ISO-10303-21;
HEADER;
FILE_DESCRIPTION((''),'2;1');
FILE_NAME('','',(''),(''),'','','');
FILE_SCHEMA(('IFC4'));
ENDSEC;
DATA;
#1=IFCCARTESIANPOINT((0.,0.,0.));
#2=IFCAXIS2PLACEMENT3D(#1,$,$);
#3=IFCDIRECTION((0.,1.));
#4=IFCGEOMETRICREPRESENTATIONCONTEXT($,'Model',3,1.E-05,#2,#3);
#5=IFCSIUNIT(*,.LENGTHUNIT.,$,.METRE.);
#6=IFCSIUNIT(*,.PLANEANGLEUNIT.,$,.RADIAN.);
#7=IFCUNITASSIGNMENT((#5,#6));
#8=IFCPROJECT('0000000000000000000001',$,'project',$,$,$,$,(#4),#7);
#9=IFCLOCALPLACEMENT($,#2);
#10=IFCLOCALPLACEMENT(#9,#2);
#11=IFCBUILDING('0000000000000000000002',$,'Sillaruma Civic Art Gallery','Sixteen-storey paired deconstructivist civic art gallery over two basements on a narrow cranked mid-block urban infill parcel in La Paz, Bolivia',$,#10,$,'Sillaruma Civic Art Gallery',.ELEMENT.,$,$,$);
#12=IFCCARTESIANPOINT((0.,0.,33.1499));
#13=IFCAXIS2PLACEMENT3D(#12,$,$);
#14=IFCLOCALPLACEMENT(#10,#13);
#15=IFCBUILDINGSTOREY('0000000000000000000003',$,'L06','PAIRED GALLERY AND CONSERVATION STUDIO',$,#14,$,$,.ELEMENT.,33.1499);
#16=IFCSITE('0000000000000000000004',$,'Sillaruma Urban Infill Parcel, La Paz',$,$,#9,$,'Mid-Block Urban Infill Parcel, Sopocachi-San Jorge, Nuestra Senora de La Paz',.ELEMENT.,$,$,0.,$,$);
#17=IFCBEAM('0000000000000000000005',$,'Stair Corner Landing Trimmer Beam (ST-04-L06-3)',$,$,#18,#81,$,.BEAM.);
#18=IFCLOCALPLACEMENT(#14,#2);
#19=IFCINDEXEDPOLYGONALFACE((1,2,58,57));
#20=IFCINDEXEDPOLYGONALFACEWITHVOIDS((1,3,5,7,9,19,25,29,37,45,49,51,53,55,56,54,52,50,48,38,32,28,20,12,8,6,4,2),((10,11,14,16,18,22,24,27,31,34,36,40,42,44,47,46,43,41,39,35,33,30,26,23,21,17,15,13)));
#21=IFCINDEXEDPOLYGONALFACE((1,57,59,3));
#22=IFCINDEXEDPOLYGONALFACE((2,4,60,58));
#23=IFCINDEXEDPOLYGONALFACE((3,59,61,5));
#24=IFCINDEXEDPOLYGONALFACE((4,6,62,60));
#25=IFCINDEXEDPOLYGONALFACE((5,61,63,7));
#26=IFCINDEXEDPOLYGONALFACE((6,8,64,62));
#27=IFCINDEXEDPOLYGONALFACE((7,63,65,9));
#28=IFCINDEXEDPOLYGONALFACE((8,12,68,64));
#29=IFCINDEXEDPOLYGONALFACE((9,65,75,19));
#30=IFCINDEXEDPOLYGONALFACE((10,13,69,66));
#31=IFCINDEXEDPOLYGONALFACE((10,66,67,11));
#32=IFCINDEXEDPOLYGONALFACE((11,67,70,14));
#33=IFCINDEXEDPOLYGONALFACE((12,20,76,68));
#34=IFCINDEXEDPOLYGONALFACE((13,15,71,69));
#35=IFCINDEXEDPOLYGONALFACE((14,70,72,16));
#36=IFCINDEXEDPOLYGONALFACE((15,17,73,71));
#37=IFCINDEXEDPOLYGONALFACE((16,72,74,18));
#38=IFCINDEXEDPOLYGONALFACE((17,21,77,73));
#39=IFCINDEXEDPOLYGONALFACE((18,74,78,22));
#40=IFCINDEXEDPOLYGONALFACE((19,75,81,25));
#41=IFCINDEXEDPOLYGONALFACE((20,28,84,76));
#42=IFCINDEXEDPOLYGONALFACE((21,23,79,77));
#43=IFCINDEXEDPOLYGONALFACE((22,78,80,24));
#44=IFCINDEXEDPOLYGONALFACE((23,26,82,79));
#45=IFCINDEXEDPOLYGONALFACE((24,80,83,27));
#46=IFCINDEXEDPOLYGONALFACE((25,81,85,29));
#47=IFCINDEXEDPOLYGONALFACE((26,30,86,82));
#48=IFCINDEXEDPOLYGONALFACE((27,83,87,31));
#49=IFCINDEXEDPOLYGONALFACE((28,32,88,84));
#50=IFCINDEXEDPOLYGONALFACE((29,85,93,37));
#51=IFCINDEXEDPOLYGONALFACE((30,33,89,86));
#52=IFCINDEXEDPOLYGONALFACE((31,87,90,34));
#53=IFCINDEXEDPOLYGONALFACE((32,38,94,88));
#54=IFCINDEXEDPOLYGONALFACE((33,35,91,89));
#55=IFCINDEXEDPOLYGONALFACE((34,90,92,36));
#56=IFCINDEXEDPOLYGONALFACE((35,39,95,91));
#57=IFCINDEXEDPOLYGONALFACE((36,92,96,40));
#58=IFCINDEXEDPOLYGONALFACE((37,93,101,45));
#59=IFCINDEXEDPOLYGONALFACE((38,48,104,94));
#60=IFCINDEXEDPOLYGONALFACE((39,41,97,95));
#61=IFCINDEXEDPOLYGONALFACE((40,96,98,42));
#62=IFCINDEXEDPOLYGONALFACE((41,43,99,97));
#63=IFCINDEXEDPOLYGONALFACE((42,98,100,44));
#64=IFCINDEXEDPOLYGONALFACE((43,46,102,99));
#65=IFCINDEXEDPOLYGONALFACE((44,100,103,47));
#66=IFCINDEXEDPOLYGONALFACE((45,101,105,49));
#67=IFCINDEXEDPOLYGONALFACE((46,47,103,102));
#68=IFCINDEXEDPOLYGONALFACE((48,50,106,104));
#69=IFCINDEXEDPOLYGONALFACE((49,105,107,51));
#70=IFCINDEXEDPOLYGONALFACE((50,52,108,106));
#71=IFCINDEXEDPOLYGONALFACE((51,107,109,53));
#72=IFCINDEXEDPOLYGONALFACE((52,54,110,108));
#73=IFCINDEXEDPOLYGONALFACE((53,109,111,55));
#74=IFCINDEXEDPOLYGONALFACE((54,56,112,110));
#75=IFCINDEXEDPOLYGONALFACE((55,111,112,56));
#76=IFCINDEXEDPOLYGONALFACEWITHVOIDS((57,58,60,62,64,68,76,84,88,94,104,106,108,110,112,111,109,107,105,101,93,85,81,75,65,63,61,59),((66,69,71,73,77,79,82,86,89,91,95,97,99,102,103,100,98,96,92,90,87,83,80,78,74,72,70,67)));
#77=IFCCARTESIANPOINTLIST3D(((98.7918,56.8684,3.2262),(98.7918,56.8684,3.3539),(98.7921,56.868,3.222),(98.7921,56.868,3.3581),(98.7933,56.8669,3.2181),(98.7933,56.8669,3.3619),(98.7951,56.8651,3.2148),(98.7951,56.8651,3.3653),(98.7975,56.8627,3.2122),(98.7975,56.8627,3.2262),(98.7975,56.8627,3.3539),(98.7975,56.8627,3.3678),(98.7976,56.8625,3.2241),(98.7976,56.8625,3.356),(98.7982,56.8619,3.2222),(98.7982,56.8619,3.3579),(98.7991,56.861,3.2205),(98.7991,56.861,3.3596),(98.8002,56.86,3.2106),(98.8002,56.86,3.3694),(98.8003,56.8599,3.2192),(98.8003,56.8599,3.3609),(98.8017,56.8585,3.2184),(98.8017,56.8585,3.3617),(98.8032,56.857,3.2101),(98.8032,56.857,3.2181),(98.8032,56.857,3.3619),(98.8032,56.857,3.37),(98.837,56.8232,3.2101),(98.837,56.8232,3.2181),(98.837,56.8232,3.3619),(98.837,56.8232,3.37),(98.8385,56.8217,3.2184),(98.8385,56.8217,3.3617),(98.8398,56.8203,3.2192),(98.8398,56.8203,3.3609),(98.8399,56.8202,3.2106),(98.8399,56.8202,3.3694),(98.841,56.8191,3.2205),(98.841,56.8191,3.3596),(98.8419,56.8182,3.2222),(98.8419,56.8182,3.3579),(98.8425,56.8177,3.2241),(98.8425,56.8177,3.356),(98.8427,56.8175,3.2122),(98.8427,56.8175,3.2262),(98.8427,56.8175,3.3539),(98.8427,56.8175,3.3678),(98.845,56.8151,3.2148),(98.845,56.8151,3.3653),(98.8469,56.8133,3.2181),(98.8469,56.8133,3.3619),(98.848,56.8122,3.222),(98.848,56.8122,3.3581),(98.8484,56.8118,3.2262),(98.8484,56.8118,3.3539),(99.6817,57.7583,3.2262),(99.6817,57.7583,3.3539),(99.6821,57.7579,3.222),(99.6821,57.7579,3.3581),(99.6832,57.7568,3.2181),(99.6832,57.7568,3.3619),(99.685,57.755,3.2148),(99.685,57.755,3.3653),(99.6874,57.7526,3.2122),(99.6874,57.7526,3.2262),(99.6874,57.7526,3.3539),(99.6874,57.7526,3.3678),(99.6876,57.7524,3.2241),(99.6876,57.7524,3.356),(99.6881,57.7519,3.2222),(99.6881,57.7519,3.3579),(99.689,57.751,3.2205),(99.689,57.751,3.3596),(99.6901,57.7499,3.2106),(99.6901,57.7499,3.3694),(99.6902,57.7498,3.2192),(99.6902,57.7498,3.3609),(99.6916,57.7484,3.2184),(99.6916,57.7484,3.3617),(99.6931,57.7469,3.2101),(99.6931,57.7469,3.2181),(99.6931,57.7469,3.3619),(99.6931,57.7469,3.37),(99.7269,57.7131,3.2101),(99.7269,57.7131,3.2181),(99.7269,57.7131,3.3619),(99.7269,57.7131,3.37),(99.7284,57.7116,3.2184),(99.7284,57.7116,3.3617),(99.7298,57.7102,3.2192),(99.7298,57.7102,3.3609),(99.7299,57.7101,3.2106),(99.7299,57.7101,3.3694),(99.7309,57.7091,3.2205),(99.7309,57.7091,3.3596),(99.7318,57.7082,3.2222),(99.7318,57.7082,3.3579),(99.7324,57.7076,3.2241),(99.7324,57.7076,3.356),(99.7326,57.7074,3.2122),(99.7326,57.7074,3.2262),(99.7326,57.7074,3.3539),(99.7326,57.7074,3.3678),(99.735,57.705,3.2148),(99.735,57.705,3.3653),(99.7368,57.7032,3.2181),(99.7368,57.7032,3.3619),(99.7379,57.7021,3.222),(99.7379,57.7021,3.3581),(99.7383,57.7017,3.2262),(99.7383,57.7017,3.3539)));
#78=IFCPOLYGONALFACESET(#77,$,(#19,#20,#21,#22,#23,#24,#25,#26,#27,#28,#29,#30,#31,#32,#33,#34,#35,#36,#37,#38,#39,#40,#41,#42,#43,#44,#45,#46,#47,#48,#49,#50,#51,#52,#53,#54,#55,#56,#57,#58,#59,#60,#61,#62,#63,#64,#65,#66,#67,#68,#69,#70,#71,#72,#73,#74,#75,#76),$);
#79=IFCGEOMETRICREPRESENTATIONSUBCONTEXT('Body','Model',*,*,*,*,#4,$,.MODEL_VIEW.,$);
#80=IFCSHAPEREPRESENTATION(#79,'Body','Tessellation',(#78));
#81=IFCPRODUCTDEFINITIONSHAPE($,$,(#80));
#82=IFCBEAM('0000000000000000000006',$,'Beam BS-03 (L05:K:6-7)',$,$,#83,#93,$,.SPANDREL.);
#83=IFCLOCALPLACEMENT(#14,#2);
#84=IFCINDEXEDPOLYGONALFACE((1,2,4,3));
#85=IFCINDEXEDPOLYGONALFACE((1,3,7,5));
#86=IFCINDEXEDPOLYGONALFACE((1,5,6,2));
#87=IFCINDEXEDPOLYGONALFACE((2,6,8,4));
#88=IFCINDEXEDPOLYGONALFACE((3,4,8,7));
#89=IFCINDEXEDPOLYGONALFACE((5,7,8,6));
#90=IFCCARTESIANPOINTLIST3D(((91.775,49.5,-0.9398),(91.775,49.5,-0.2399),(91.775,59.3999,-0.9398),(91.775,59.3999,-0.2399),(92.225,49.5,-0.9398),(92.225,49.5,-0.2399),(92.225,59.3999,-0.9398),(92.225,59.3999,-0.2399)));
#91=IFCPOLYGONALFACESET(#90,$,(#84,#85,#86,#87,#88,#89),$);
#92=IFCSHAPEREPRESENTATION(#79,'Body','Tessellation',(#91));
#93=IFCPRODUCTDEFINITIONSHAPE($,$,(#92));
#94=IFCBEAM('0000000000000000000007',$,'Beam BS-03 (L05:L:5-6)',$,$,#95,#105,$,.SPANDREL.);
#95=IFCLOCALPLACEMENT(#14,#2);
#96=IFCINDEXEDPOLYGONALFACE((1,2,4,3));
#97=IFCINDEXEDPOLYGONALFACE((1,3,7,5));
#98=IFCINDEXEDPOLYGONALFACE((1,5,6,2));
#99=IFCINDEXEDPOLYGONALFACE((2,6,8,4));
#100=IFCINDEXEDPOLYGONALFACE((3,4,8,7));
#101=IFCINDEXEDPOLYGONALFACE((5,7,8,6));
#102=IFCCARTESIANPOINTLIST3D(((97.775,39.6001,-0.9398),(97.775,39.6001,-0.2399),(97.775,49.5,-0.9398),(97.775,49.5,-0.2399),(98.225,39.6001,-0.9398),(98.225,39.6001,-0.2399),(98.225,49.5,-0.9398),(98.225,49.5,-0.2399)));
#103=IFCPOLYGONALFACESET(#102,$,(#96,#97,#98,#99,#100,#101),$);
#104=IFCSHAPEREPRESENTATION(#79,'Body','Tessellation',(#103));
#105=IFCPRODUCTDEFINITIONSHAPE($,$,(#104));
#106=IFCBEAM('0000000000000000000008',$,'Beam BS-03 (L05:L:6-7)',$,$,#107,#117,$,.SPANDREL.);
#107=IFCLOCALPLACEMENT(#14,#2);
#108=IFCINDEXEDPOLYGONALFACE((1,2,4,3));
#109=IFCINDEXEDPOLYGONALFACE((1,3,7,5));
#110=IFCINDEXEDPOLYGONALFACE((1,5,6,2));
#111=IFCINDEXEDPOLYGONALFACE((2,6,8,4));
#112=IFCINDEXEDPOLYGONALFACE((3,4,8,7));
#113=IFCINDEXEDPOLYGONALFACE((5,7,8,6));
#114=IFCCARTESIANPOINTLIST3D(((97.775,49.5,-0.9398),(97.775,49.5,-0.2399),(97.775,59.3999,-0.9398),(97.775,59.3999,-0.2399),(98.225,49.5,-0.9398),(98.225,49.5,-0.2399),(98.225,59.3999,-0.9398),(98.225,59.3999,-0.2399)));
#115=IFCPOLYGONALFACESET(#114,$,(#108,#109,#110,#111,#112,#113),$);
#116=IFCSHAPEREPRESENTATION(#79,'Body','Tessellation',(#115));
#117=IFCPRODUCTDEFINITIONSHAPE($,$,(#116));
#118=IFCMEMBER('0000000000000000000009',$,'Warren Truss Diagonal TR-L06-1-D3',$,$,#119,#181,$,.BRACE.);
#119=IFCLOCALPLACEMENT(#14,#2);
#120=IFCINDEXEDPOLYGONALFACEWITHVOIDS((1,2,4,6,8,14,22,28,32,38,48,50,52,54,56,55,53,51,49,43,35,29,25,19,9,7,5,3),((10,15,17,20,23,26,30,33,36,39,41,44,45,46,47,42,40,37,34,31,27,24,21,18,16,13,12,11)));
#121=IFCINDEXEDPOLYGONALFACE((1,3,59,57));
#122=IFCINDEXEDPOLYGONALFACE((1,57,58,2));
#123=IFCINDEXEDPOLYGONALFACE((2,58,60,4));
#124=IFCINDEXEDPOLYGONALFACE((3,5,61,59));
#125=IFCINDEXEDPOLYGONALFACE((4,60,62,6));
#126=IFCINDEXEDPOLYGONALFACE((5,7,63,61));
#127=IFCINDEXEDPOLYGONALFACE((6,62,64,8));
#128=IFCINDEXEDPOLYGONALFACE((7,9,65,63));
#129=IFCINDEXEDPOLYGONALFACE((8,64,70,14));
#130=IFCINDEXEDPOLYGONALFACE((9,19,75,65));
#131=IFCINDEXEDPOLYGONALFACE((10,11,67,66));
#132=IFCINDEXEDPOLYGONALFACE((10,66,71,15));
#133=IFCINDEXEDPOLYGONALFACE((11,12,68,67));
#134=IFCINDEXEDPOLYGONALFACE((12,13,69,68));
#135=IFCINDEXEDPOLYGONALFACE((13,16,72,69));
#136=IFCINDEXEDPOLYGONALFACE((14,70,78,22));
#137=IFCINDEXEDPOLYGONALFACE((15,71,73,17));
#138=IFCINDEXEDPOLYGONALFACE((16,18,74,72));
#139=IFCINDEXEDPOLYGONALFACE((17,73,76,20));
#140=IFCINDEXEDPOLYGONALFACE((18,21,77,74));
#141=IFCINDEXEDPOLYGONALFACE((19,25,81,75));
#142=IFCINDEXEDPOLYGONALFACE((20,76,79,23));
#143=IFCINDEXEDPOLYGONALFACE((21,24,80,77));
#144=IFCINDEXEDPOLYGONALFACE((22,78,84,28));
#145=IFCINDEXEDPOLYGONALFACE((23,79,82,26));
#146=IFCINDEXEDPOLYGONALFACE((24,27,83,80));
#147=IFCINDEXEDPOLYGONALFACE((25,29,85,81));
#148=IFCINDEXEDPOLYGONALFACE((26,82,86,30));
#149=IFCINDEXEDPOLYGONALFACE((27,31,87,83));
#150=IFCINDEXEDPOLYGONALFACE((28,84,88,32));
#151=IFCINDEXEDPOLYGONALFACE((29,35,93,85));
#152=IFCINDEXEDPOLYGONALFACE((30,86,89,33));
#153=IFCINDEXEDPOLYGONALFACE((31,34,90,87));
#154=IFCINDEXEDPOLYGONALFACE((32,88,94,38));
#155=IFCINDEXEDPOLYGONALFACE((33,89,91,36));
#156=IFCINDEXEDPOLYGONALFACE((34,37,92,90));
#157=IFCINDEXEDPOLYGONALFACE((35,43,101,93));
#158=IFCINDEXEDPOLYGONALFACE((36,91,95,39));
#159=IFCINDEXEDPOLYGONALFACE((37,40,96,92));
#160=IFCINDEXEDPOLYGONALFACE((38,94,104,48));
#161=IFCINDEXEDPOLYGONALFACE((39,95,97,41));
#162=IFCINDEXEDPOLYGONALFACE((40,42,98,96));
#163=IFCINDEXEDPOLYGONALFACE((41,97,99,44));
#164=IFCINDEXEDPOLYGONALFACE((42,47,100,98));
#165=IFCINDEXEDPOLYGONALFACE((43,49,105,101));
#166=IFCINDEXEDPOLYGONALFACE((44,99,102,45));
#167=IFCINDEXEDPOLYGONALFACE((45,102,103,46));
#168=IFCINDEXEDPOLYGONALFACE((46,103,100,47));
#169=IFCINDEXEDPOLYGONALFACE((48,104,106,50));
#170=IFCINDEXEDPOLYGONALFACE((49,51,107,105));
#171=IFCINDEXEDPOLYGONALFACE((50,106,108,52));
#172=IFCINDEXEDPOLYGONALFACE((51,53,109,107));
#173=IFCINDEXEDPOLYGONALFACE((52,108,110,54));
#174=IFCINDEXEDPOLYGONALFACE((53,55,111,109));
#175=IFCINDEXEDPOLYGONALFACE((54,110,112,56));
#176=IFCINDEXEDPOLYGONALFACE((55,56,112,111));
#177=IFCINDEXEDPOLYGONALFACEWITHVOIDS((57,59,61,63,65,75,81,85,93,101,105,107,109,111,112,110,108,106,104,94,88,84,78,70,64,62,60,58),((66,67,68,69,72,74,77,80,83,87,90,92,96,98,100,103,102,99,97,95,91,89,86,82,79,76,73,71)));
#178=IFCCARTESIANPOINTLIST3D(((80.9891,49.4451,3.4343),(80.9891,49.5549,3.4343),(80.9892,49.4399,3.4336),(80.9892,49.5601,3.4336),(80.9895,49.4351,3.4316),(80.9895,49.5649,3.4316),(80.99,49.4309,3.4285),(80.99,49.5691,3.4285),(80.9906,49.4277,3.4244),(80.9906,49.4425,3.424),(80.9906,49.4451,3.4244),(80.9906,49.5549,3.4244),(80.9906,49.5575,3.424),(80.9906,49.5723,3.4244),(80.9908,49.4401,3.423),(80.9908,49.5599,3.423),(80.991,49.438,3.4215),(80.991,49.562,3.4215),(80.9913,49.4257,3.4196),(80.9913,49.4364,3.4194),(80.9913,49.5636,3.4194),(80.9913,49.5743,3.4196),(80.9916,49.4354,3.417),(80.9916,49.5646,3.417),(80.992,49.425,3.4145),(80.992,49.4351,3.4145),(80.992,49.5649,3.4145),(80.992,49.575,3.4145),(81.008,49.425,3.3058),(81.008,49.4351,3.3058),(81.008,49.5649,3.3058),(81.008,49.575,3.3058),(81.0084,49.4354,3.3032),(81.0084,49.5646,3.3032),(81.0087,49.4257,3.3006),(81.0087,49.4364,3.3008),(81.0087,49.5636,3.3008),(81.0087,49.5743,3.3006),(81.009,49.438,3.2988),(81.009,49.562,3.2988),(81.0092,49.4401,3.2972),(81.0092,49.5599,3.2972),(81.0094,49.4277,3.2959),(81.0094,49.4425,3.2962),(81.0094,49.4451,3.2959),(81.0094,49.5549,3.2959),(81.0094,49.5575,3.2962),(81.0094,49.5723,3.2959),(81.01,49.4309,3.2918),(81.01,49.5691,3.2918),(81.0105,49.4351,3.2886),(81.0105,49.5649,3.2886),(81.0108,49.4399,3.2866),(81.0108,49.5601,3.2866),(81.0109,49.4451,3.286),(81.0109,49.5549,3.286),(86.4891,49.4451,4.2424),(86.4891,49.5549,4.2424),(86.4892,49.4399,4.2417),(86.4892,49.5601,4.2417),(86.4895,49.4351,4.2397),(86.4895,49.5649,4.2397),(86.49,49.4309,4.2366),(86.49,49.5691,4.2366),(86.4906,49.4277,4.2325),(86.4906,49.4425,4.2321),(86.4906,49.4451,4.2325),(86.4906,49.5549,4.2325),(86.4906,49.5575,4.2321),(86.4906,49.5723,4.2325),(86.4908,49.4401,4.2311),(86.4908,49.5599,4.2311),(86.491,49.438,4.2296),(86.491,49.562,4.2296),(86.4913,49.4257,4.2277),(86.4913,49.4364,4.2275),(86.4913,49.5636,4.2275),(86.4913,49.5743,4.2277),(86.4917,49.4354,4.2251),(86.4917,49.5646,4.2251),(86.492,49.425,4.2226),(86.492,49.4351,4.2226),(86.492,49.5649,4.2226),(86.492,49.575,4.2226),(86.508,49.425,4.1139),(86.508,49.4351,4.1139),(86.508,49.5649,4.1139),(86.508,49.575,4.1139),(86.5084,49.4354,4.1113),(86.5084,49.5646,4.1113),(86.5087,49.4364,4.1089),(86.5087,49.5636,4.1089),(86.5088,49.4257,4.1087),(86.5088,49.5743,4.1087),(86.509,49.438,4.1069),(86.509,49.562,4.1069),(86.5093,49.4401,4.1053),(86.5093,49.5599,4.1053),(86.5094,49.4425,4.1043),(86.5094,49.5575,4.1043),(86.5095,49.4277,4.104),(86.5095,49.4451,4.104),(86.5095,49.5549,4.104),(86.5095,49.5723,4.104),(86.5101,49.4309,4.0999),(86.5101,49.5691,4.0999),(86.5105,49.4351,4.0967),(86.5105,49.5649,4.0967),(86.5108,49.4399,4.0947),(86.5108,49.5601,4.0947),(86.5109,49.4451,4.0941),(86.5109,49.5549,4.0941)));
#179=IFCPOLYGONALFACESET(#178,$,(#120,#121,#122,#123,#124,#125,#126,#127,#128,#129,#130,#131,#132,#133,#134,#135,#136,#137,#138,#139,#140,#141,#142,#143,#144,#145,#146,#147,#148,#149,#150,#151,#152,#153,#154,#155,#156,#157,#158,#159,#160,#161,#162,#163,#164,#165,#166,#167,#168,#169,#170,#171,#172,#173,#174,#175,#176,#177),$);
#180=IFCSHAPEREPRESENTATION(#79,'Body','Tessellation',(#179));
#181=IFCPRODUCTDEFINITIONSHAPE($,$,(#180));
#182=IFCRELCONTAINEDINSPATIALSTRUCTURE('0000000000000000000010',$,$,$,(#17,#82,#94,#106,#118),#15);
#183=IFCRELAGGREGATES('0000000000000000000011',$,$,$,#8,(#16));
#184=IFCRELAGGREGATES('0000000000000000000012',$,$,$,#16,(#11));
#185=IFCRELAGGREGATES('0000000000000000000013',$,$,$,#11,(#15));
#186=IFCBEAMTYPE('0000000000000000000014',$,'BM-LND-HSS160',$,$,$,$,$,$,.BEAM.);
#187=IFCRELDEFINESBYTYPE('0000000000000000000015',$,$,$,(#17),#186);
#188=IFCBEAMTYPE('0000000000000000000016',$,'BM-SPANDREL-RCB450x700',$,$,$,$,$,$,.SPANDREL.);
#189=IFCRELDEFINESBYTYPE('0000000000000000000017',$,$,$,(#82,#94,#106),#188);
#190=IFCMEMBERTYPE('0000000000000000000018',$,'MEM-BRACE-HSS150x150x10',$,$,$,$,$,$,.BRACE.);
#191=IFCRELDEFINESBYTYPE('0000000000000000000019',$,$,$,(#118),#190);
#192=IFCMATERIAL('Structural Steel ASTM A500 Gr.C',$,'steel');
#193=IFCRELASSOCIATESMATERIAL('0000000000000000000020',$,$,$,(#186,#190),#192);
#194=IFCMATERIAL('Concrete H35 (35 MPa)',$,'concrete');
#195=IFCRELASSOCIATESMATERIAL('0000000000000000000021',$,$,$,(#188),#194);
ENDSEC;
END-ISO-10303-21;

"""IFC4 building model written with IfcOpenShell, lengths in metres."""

from ifc_helpers import new_model, si_unit, direction, frame, origin, origin_2d, place, context, subcontext, project, spatial, rectangle, hollow_rectangle, extrude, material, material_profile, profile_set, type_object, element, save


model = new_model("IFC4")

# Units and contexts
model_context = context("Model", 3, precision=1e-05, world=origin(), true_north=direction((0.0, 1.0)))
body_context = subcontext(model_context, "Body", "Model", "MODEL_VIEW")
ifc_project = project(units=[si_unit("LENGTHUNIT", "METRE"), si_unit("PLANEANGLEUNIT", "RADIAN")], contexts=[model_context])

# Site, building, storey
site_placement = place(None, origin())
site = spatial("IfcSite", under=ifc_project, at=site_placement, Name="Sillaruma Urban Infill Parcel, La Paz", LongName="Mid-Block Urban Infill Parcel, Sopocachi-San Jorge, Nuestra Senora de La Paz", CompositionType="ELEMENT", RefElevation=0.0)
building_placement = place(site_placement, origin())
building = spatial("IfcBuilding", under=site, at=building_placement, Name="Sillaruma Civic Art Gallery", Description="Sixteen-storey paired deconstructivist civic art gallery over two basements on a narrow cranked mid-block urban infill parcel in La Paz, Bolivia", LongName="Sillaruma Civic Art Gallery", CompositionType="ELEMENT")
storey_placement = place(building_placement, frame((0.0, 0.0, 33.1499)))
storey = spatial("IfcBuildingStorey", under=building, at=storey_placement, Name="L06", Description="PAIRED GALLERY AND CONSERVATION STUDIO", CompositionType="ELEMENT", Elevation=33.1499)

# Beams
ifc_material_1 = material(Name="Concrete H35 (35 MPa)", Category="concrete")
ifc_material_2 = material(Name="Structural Steel ASTM A500 Gr.C", Category="steel")
ifc_material_profile_1 = material_profile(ifc_material_2, hollow_rectangle(XDim=0.0801, YDim=0.1599, WallThickness=0.0081, InnerFilletRadius=0.0081, OuterFilletRadius=0.0161, at=origin_2d()), Name="HSS160x80x8")
ifc_profile_set_1 = profile_set([ifc_material_profile_1], Name="Structural Steel ASTM A500 Gr.C")
beam_type_1 = type_object("IfcBeamType", Name="BM-LND-HSS160", PredefinedType="BEAM", material=ifc_profile_set_1)
for number, where, z_axis, x_axis, name in (
    (1, (98.8201, 56.8401, 3.29), (0.707107, 0.707107, 0.0), (-0.707107, 0.707107, 0.0), "Stair Corner Landing Trimmer Beam (ST-04-L06-3)"),
):
    element("IfcBeam", number, at=place(storey_placement, frame(where, z_axis=z_axis, x_axis=x_axis)), inside=storey, type_object=beam_type_1, Name=name, PredefinedType="BEAM", context=body_context, shape_type="SweptSolid", body=[
        extrude(hollow_rectangle(XDim=0.0801, YDim=0.1599, WallThickness=0.0081, InnerFilletRadius=0.0081, OuterFilletRadius=0.0161, at=origin_2d()), origin(), (0.0, 0.0, 1.0), 1.2585),
    ])
ifc_material_profile_2 = material_profile(ifc_material_1, rectangle(XDim=0.45, YDim=0.7, at=origin_2d()), Name="RCB450x700")
ifc_profile_set_2 = profile_set([ifc_material_profile_2], Name="Concrete H35 (35 MPa)")
beam_type_2 = type_object("IfcBeamType", Name="BM-SPANDREL-RCB450x700", PredefinedType="SPANDREL", material=ifc_profile_set_2)
for number, where, z_axis, x_axis, name in (
    (2, (92.0, 49.5, -0.5898), (0.0, 1.0, 0.0), (-1.0, 0.0, 0.0), "Beam BS-03 (L05:K:6-7)"),
    (3, (98.0, 39.6001, -0.5898), (0.0, 1.0, 0.0), (-1.0, 0.0, 0.0), "Beam BS-03 (L05:L:5-6)"),
    (4, (98.0, 49.5, -0.5898), (0.0, 1.0, 0.0), (-1.0, 0.0, 0.0), "Beam BS-03 (L05:L:6-7)"),
):
    element("IfcBeam", number, at=place(storey_placement, frame(where, z_axis=z_axis, x_axis=x_axis)), inside=storey, type_object=beam_type_2, Name=name, PredefinedType="SPANDREL", context=body_context, shape_type="SweptSolid", body=[
        extrude(rectangle(XDim=0.45, YDim=0.7, at=origin_2d()), origin(), (0.0, 0.0, 1.0), 9.8999),
    ])

# Member
ifc_material_profile_3 = material_profile(ifc_material_2, hollow_rectangle(XDim=0.1499, YDim=0.1499, WallThickness=0.01, InnerFilletRadius=0.01, OuterFilletRadius=0.02, at=origin_2d()), Name="HSS150x150x10")
ifc_profile_set_3 = profile_set([ifc_material_profile_3], Name="Structural Steel ASTM A500 Gr.C")
member_type_1 = type_object("IfcMemberType", Name="MEM-BRACE-HSS150x150x10", PredefinedType="BRACE", material=ifc_profile_set_3)
for number, where, z_axis, x_axis, name in (
    (5, (81.0, 49.5, 3.3601), (0.989378, 0.0, 0.145368), (0.0, 1.0, 0.0), "Warren Truss Diagonal TR-L06-1-D3"),
):
    element("IfcMember", number, at=place(storey_placement, frame(where, z_axis=z_axis, x_axis=x_axis)), inside=storey, type_object=member_type_1, Name=name, PredefinedType="BRACE", context=body_context, shape_type="SweptSolid", body=[
        extrude(hollow_rectangle(XDim=0.1499, YDim=0.1499, WallThickness=0.01, InnerFilletRadius=0.01, OuterFilletRadius=0.02, at=origin_2d()), origin(), (0.0, 0.0, 1.0), 5.5591),
    ])

save(model, "model.ifc")
